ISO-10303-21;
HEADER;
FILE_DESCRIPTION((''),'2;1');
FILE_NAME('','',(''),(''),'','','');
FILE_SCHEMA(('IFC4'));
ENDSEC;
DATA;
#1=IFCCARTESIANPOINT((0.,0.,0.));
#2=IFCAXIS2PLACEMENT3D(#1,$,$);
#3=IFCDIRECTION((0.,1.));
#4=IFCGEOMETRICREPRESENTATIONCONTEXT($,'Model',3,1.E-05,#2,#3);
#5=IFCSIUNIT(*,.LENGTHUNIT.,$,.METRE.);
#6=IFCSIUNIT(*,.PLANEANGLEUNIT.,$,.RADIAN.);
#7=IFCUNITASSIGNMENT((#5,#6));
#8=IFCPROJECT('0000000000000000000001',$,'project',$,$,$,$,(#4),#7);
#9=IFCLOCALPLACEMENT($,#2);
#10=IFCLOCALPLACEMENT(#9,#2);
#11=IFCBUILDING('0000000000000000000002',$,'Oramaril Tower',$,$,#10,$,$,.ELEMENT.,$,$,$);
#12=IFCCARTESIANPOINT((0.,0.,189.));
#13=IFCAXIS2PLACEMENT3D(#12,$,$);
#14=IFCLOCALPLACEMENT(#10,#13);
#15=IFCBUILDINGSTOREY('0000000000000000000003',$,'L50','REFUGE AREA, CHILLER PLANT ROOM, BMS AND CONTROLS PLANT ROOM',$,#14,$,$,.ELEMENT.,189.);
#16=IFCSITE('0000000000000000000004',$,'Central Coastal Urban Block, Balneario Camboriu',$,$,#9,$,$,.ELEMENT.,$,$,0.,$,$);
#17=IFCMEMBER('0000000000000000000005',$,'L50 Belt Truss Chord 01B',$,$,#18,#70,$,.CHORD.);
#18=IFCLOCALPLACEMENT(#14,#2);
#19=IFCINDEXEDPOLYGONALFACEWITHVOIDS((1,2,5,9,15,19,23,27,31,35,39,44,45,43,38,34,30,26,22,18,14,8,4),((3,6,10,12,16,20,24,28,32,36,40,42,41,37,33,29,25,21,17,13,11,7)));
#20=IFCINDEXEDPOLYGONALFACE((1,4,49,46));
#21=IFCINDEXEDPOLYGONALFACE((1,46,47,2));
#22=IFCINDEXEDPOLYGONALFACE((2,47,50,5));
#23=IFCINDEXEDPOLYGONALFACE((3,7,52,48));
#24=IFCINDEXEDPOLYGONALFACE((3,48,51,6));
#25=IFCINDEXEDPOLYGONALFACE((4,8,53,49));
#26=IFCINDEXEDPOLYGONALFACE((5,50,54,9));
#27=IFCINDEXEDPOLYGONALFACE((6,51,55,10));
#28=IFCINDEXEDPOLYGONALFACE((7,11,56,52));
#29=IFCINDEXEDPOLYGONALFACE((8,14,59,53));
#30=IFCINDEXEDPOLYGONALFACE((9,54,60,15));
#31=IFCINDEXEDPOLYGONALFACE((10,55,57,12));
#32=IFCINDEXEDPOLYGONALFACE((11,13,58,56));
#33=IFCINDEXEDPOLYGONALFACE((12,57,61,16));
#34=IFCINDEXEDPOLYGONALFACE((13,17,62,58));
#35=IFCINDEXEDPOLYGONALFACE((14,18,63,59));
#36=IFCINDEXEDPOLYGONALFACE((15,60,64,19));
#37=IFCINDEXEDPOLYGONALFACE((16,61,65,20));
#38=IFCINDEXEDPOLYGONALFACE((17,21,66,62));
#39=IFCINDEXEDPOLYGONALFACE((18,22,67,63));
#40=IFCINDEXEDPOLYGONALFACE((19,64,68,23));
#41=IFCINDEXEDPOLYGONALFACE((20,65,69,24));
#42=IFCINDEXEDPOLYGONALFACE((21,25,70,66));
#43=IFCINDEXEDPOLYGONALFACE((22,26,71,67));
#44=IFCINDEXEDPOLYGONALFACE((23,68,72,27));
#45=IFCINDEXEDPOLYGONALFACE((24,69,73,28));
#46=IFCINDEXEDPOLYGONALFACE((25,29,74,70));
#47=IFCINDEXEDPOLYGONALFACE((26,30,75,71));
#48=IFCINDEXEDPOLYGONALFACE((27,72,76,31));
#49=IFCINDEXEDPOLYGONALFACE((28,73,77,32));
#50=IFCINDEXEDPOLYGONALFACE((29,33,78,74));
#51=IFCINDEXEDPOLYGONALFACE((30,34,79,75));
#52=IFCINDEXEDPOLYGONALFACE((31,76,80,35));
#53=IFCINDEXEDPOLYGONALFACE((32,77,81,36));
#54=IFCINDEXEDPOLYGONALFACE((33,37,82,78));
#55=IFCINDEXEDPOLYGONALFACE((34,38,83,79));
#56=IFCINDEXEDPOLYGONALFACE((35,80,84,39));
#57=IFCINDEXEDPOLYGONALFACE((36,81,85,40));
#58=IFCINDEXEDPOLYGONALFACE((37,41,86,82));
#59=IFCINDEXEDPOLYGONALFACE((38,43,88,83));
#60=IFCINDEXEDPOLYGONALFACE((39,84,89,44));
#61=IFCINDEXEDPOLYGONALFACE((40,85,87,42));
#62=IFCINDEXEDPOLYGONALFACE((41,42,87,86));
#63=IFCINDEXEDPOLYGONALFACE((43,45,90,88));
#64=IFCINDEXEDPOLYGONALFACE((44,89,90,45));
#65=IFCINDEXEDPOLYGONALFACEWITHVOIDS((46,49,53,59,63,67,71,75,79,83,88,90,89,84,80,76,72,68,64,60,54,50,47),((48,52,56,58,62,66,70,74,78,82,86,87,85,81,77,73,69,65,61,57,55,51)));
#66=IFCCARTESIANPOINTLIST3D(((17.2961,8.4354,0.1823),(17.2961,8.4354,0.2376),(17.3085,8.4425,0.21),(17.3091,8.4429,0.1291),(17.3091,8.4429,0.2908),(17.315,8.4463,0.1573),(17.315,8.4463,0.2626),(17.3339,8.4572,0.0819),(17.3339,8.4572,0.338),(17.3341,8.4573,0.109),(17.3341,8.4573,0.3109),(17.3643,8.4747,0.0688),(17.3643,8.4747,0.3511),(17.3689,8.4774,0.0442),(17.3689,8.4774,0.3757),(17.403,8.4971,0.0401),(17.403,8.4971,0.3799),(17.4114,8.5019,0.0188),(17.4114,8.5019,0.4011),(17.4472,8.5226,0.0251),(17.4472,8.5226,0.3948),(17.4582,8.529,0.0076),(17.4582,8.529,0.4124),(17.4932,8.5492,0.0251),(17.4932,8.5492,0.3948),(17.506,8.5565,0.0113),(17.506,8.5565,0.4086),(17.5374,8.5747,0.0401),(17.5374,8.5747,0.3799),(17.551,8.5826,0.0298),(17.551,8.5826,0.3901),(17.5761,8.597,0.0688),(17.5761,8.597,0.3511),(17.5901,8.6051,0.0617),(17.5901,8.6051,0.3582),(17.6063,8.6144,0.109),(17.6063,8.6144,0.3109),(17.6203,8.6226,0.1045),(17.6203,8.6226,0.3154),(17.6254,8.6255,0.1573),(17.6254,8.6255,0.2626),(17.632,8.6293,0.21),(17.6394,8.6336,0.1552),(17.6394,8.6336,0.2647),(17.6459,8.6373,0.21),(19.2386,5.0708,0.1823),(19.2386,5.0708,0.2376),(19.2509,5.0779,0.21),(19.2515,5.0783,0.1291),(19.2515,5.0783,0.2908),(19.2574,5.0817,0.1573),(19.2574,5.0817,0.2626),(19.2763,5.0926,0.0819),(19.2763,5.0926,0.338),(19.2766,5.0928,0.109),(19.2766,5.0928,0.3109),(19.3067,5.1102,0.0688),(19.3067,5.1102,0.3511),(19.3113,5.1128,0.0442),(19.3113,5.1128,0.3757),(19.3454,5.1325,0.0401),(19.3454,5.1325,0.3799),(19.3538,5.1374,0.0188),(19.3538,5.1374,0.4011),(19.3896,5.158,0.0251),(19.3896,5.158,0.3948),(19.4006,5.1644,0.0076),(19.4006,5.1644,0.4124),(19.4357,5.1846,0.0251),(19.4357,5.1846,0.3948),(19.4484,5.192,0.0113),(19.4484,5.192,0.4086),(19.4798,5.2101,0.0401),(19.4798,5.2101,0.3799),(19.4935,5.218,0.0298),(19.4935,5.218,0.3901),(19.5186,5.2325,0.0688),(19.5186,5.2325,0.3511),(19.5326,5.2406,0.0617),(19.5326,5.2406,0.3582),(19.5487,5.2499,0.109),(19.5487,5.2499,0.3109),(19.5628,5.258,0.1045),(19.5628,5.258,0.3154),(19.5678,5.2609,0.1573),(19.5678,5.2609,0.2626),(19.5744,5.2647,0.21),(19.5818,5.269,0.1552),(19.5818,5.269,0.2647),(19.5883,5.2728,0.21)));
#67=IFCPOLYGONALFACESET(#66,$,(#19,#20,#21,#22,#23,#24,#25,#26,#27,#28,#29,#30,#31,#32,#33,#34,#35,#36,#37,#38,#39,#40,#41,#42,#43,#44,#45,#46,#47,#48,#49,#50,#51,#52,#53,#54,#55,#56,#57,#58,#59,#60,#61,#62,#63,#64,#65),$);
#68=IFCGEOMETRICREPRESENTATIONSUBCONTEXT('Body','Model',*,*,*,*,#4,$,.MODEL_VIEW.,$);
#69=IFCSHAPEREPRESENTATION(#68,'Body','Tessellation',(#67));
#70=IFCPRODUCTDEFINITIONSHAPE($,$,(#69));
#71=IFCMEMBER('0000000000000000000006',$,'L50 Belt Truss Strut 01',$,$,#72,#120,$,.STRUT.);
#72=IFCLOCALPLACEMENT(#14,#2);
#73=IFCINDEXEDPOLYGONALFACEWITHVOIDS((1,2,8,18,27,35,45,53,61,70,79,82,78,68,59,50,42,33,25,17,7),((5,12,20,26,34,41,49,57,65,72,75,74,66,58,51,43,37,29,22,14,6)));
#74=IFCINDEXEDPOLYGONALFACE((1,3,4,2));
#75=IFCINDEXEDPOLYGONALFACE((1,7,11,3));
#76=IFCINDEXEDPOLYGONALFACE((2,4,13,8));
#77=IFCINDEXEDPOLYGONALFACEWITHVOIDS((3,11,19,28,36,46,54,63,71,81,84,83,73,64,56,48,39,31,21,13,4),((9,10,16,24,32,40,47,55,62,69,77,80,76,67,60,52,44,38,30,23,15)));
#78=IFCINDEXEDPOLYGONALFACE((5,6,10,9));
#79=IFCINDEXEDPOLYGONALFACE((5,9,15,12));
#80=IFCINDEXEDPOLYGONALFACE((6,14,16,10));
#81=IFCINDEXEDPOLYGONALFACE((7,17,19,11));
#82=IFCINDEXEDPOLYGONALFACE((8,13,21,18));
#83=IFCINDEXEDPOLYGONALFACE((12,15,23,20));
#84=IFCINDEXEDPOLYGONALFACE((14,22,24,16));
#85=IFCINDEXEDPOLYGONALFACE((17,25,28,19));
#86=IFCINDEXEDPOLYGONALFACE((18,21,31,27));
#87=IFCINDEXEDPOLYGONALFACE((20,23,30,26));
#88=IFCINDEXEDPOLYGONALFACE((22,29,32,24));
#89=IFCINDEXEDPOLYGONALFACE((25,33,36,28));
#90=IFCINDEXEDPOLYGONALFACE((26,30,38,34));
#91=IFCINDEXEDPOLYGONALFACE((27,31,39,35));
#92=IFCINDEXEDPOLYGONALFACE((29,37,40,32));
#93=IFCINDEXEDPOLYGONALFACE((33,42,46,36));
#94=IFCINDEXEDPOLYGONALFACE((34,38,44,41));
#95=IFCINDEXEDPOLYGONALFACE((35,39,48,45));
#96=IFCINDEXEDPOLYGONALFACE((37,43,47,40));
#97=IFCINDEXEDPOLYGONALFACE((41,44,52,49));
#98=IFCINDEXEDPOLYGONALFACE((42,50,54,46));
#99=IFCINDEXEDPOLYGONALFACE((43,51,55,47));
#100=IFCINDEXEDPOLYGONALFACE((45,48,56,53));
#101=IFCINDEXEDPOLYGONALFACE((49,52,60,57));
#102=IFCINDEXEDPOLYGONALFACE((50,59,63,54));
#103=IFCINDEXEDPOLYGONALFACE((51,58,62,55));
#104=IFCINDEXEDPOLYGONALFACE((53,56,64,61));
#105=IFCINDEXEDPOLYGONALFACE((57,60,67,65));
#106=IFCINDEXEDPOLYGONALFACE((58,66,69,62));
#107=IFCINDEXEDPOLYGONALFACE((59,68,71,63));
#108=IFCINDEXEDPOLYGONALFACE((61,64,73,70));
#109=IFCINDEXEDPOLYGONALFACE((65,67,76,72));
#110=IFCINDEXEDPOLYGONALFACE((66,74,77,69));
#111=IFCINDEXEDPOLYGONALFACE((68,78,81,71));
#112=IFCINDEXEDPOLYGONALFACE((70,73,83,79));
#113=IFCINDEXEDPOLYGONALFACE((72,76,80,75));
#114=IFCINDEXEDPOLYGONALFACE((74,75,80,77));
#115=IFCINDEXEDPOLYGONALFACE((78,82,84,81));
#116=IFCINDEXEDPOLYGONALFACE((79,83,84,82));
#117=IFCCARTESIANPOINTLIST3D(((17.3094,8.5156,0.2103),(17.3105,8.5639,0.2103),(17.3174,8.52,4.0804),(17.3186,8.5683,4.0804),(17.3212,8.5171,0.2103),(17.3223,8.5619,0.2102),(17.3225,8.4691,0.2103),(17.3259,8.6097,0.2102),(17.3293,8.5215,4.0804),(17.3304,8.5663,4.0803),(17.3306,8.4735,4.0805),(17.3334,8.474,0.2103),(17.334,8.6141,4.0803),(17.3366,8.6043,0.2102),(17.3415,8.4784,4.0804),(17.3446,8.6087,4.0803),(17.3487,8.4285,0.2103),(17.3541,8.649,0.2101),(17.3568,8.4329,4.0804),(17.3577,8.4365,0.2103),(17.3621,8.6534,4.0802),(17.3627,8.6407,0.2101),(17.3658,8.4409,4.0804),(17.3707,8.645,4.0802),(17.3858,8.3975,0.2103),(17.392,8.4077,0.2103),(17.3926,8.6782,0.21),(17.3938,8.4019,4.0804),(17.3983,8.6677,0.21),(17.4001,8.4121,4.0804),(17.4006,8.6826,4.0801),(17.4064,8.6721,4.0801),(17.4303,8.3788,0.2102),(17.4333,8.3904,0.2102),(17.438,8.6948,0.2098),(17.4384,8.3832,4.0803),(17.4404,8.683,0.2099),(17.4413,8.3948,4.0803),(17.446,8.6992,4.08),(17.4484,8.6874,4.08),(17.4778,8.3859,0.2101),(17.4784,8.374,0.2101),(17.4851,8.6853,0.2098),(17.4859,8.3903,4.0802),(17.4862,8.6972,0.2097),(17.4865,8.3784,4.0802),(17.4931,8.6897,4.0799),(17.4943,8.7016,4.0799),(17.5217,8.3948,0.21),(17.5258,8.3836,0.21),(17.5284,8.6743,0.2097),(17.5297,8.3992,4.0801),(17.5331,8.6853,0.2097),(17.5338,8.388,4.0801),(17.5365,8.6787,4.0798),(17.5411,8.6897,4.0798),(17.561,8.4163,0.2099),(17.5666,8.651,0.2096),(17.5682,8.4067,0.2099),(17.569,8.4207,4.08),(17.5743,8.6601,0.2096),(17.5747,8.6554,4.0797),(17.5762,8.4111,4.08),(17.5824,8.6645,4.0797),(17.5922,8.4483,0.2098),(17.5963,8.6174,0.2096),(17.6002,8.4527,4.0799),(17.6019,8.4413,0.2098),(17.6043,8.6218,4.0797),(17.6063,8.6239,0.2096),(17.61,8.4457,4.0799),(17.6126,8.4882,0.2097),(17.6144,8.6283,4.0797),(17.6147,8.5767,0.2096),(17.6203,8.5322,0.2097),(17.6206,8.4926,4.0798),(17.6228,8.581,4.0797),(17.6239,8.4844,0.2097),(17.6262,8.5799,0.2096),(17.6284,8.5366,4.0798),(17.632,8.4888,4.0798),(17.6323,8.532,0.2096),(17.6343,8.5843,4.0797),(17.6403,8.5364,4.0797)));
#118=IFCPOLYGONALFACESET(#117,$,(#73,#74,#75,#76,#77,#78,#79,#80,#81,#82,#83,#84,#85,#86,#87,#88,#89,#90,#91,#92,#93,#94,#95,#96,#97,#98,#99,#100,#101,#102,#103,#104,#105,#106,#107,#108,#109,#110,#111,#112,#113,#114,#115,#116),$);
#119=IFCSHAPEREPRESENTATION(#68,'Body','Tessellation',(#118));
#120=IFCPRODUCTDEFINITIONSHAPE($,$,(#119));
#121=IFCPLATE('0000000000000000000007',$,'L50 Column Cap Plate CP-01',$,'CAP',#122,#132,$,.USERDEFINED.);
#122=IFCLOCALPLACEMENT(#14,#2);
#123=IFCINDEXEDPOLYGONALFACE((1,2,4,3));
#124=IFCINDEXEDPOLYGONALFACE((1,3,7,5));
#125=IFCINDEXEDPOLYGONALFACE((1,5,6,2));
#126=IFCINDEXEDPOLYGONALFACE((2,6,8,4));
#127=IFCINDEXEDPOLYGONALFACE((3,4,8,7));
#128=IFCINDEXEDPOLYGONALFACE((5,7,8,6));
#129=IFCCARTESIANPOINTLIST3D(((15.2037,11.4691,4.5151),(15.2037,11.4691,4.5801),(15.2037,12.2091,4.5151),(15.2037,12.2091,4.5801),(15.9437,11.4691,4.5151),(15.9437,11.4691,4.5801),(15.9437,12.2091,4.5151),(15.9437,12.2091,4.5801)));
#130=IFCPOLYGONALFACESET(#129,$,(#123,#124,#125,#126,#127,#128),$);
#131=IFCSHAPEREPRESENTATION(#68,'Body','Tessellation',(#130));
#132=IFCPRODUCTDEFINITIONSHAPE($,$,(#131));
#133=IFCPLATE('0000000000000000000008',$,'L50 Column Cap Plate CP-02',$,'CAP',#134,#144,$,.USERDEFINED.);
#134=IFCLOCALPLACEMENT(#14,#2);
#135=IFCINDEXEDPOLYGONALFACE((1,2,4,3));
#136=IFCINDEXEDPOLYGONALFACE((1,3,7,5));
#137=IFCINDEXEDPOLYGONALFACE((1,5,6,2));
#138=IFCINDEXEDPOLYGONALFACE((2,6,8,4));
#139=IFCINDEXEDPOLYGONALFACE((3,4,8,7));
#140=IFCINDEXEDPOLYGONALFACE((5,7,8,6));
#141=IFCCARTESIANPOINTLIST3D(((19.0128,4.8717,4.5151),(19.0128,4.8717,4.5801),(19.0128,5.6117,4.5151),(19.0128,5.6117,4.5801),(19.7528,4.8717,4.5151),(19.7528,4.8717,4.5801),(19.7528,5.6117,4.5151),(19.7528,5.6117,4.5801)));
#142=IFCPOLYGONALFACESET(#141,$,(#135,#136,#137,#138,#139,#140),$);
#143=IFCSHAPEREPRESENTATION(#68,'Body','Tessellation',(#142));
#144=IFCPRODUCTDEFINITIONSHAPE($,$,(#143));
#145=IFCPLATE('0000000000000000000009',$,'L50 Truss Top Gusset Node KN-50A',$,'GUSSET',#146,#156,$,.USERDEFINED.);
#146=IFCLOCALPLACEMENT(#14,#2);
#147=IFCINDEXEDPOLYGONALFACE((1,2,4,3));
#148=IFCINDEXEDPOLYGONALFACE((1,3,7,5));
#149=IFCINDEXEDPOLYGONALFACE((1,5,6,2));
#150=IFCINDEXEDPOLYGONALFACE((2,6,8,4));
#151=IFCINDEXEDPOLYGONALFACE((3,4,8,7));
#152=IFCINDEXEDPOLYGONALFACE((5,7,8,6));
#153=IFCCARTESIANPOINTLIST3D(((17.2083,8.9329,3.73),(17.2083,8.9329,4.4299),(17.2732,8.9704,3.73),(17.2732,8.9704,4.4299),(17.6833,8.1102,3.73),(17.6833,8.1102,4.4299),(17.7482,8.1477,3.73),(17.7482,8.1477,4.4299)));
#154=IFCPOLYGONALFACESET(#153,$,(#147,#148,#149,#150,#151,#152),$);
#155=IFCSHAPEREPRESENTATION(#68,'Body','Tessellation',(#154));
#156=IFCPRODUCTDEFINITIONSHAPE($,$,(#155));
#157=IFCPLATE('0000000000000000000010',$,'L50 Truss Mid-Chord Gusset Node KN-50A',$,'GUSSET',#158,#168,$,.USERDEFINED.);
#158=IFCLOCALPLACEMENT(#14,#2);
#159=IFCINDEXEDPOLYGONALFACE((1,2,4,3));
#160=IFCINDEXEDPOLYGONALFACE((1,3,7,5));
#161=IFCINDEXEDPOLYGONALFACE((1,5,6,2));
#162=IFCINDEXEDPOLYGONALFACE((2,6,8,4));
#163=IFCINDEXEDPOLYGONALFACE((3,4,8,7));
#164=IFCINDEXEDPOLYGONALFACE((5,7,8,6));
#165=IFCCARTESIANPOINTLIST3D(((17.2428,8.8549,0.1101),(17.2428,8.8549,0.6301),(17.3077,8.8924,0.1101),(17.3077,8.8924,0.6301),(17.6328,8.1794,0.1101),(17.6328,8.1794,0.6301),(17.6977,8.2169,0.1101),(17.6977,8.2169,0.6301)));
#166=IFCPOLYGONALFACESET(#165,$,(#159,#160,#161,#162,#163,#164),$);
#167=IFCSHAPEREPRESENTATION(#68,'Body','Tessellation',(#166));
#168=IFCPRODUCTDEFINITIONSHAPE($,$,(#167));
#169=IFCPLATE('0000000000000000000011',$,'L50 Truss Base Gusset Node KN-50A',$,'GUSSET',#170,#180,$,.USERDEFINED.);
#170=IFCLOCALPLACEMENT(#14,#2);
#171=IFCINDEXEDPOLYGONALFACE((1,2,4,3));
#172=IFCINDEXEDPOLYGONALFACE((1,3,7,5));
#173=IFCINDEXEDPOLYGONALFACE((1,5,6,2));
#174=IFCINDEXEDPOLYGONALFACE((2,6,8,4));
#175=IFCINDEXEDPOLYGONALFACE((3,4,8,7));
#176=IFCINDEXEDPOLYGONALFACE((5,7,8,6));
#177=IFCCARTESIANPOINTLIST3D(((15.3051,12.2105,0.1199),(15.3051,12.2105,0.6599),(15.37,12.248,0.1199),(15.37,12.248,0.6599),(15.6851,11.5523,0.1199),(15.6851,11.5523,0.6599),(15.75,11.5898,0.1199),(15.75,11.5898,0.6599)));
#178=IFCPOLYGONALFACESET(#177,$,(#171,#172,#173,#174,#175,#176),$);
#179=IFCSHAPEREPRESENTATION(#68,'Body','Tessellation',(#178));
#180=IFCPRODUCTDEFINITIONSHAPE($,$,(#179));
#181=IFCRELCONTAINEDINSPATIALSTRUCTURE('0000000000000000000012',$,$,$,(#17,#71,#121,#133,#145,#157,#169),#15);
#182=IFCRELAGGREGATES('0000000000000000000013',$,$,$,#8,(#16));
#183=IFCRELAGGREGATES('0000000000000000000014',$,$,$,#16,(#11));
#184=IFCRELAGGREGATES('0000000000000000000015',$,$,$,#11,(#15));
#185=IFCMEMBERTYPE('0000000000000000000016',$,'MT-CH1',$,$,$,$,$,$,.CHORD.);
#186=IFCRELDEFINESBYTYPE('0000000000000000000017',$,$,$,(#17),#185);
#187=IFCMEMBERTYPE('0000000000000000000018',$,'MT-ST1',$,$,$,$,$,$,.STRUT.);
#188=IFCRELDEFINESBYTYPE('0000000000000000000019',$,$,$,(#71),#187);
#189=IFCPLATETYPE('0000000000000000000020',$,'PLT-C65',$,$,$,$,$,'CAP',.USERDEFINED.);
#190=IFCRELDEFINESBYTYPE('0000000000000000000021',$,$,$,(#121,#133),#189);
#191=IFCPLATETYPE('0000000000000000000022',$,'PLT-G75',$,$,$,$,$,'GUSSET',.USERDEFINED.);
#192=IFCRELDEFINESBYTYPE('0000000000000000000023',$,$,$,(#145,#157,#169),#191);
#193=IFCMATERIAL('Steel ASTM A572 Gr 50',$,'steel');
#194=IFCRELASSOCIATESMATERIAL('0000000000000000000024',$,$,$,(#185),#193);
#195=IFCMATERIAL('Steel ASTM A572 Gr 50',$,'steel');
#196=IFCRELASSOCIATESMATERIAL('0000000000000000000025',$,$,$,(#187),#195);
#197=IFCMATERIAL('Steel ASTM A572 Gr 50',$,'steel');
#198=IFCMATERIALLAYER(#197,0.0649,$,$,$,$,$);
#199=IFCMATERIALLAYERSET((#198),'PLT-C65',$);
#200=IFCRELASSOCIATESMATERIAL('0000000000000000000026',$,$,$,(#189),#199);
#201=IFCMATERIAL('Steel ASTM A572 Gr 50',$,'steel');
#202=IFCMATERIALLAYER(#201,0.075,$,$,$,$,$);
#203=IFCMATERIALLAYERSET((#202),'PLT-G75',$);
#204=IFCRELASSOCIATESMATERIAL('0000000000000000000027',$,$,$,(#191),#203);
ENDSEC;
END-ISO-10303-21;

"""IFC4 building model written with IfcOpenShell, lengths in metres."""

from ifc_helpers import new_model, si_unit, direction, frame, origin, origin_2d, place, context, subcontext, project, spatial, rectangle, hollow_circle, extrude, material, layer, layer_set, material_profile, profile_set, type_object, element, save


model = new_model("IFC4")

# Units and contexts
model_context = context("Model", 3, precision=1e-05, world=origin(), true_north=direction((0.0, 1.0)))
body_context = subcontext(model_context, "Body", "Model", "MODEL_VIEW")
ifc_project = project(units=[si_unit("LENGTHUNIT", "METRE"), si_unit("PLANEANGLEUNIT", "RADIAN")], contexts=[model_context])

# Site, building, storey
site_placement = place(None, origin())
site = spatial("IfcSite", under=ifc_project, at=site_placement, Name="Central Coastal Urban Block, Balneario Camboriu", CompositionType="ELEMENT", RefElevation=0.0)
building_placement = place(site_placement, origin())
building = spatial("IfcBuilding", under=site, at=building_placement, Name="Oramaril Tower", CompositionType="ELEMENT")
storey_placement = place(building_placement, frame((0.0, 0.0, 189.0)))
storey = spatial("IfcBuildingStorey", under=building, at=storey_placement, Name="L50", Description="REFUGE AREA, CHILLER PLANT ROOM, BMS AND CONTROLS PLANT ROOM", CompositionType="ELEMENT", Elevation=189.0)

# Members
ifc_material_1 = material(Name="Steel ASTM A572 Gr 50", Category="steel")
ifc_material_profile_1 = material_profile(ifc_material_1, hollow_circle(Radius=0.2029, WallThickness=0.0161, at=origin_2d()), Name="CHS406X16")
ifc_profile_set_1 = profile_set([ifc_material_profile_1], Name="Steel ASTM A572 Gr 50")
member_type_1 = type_object("IfcMemberType", Name="MT-CH1", PredefinedType="CHORD", material=ifc_profile_set_1)
member_1_placement = place(storey_placement, frame((17.4702, 8.5359, 0.21), z_axis=(0.499978, -0.866038, 0.0), x_axis=(0.866038, 0.499978, 0.0)))
element("IfcMember", 1, at=member_1_placement, inside=storey, type_object=member_type_1, Name="L50 Belt Truss Chord 01B", PredefinedType="CHORD", context=body_context, shape_type="SweptSolid", body=[
    extrude(hollow_circle(Radius=0.2029, WallThickness=0.0161, at=origin_2d()), origin(), (0.0, 0.0, 1.0), 3.885),
])
ifc_material_2 = material(Name="Steel ASTM A572 Gr 50", Category="steel")
ifc_material_profile_2 = material_profile(ifc_material_2, hollow_circle(Radius=0.1621, WallThickness=0.012, at=origin_2d()), Name="CHS324X12")
ifc_profile_set_2 = profile_set([ifc_material_profile_2], Name="Steel ASTM A572 Gr 50")
member_type_2 = type_object("IfcMemberType", Name="MT-ST1", PredefinedType="STRUT", material=ifc_profile_set_2)
member_2_placement = place(storey_placement, frame((17.4702, 8.5359, 0.21), z_axis=(0.002082, 0.001136, 0.999997), x_axis=(-0.478852, 0.877896, 0.0)))
element("IfcMember", 2, at=member_2_placement, inside=storey, type_object=member_type_2, Name="L50 Belt Truss Strut 01", PredefinedType="STRUT", context=body_context, shape_type="SweptSolid", body=[
    extrude(hollow_circle(Radius=0.1621, WallThickness=0.012, at=origin_2d()), origin(), (0.0, 0.0, 1.0), 3.8701),
])

# Plates
ifc_material_3 = material(Name="Steel ASTM A572 Gr 50", Category="steel")
ifc_layer_1 = layer(ifc_material_3, 0.0649)
ifc_layer_set_1 = layer_set([ifc_layer_1], Name="PLT-C65")
plate_type_1 = type_object("IfcPlateType", Name="PLT-C65", ElementType="CAP", PredefinedType="USERDEFINED", material=ifc_layer_set_1)
for number, where, z_axis, x_axis, name in (
    (3, (15.5737, 11.8391, 4.5151), (0.0, 0.0, 1.0), (1.0, 0.0, 0.0), "L50 Column Cap Plate CP-01"),
    (4, (19.3828, 5.2417, 4.5151), (0.0, 0.0, 1.0), (1.0, 0.0, 0.0), "L50 Column Cap Plate CP-02"),
):
    element("IfcPlate", number, at=place(storey_placement, frame(where, z_axis=z_axis, x_axis=x_axis)), inside=storey, type_object=plate_type_1, Name=name, ObjectType="CAP", PredefinedType="USERDEFINED", context=body_context, shape_type="SweptSolid", body=[
        extrude(rectangle(XDim=0.74, YDim=0.74, at=origin_2d()), origin(), (0.0, 0.0, 1.0), 0.0649),
    ])
ifc_material_4 = material(Name="Steel ASTM A572 Gr 50", Category="steel")
ifc_layer_2 = layer(ifc_material_4, 0.075)
ifc_layer_set_2 = layer_set([ifc_layer_2], Name="PLT-G75")
plate_type_2 = type_object("IfcPlateType", Name="PLT-G75", ElementType="GUSSET", PredefinedType="USERDEFINED", material=ifc_layer_set_2)
plate_1_placement = place(storey_placement, frame((17.4783, 8.5403, 3.73), z_axis=(0.0, 0.0, 1.0), x_axis=(0.499998, -0.866026, 0.0)))
element("IfcPlate", 5, at=plate_1_placement, inside=storey, type_object=plate_type_2, Name="L50 Truss Top Gusset Node KN-50A", ObjectType="GUSSET", PredefinedType="USERDEFINED", context=body_context, shape_type="SweptSolid", body=[
    extrude(rectangle(XDim=0.95, YDim=0.075, at=origin_2d()), origin(), (0.0, 0.0, 1.0), 0.7),
])
plate_2_placement = place(storey_placement, frame((17.4702, 8.5359, 0.1101), z_axis=(0.0, 0.0, 1.0), x_axis=(0.499998, -0.866026, 0.0)))
element("IfcPlate", 6, at=plate_2_placement, inside=storey, type_object=plate_type_2, Name="L50 Truss Mid-Chord Gusset Node KN-50A", ObjectType="GUSSET", PredefinedType="USERDEFINED", context=body_context, shape_type="SweptSolid", body=[
    extrude(rectangle(XDim=0.78, YDim=0.075, at=origin_2d()), origin(), (0.0, 0.0, 1.0), 0.52),
])
plate_3_placement = place(storey_placement, frame((15.5276, 11.9001, 0.1199), z_axis=(0.0, 0.0, 1.0), x_axis=(0.499998, -0.866026, 0.0)))
element("IfcPlate", 7, at=plate_3_placement, inside=storey, type_object=plate_type_2, Name="L50 Truss Base Gusset Node KN-50A", ObjectType="GUSSET", PredefinedType="USERDEFINED", context=body_context, shape_type="SweptSolid", body=[
    extrude(rectangle(XDim=0.76, YDim=0.075, at=origin_2d()), origin(), (0.0, 0.0, 1.0), 0.54),
])

save(model, "model.ifc")
